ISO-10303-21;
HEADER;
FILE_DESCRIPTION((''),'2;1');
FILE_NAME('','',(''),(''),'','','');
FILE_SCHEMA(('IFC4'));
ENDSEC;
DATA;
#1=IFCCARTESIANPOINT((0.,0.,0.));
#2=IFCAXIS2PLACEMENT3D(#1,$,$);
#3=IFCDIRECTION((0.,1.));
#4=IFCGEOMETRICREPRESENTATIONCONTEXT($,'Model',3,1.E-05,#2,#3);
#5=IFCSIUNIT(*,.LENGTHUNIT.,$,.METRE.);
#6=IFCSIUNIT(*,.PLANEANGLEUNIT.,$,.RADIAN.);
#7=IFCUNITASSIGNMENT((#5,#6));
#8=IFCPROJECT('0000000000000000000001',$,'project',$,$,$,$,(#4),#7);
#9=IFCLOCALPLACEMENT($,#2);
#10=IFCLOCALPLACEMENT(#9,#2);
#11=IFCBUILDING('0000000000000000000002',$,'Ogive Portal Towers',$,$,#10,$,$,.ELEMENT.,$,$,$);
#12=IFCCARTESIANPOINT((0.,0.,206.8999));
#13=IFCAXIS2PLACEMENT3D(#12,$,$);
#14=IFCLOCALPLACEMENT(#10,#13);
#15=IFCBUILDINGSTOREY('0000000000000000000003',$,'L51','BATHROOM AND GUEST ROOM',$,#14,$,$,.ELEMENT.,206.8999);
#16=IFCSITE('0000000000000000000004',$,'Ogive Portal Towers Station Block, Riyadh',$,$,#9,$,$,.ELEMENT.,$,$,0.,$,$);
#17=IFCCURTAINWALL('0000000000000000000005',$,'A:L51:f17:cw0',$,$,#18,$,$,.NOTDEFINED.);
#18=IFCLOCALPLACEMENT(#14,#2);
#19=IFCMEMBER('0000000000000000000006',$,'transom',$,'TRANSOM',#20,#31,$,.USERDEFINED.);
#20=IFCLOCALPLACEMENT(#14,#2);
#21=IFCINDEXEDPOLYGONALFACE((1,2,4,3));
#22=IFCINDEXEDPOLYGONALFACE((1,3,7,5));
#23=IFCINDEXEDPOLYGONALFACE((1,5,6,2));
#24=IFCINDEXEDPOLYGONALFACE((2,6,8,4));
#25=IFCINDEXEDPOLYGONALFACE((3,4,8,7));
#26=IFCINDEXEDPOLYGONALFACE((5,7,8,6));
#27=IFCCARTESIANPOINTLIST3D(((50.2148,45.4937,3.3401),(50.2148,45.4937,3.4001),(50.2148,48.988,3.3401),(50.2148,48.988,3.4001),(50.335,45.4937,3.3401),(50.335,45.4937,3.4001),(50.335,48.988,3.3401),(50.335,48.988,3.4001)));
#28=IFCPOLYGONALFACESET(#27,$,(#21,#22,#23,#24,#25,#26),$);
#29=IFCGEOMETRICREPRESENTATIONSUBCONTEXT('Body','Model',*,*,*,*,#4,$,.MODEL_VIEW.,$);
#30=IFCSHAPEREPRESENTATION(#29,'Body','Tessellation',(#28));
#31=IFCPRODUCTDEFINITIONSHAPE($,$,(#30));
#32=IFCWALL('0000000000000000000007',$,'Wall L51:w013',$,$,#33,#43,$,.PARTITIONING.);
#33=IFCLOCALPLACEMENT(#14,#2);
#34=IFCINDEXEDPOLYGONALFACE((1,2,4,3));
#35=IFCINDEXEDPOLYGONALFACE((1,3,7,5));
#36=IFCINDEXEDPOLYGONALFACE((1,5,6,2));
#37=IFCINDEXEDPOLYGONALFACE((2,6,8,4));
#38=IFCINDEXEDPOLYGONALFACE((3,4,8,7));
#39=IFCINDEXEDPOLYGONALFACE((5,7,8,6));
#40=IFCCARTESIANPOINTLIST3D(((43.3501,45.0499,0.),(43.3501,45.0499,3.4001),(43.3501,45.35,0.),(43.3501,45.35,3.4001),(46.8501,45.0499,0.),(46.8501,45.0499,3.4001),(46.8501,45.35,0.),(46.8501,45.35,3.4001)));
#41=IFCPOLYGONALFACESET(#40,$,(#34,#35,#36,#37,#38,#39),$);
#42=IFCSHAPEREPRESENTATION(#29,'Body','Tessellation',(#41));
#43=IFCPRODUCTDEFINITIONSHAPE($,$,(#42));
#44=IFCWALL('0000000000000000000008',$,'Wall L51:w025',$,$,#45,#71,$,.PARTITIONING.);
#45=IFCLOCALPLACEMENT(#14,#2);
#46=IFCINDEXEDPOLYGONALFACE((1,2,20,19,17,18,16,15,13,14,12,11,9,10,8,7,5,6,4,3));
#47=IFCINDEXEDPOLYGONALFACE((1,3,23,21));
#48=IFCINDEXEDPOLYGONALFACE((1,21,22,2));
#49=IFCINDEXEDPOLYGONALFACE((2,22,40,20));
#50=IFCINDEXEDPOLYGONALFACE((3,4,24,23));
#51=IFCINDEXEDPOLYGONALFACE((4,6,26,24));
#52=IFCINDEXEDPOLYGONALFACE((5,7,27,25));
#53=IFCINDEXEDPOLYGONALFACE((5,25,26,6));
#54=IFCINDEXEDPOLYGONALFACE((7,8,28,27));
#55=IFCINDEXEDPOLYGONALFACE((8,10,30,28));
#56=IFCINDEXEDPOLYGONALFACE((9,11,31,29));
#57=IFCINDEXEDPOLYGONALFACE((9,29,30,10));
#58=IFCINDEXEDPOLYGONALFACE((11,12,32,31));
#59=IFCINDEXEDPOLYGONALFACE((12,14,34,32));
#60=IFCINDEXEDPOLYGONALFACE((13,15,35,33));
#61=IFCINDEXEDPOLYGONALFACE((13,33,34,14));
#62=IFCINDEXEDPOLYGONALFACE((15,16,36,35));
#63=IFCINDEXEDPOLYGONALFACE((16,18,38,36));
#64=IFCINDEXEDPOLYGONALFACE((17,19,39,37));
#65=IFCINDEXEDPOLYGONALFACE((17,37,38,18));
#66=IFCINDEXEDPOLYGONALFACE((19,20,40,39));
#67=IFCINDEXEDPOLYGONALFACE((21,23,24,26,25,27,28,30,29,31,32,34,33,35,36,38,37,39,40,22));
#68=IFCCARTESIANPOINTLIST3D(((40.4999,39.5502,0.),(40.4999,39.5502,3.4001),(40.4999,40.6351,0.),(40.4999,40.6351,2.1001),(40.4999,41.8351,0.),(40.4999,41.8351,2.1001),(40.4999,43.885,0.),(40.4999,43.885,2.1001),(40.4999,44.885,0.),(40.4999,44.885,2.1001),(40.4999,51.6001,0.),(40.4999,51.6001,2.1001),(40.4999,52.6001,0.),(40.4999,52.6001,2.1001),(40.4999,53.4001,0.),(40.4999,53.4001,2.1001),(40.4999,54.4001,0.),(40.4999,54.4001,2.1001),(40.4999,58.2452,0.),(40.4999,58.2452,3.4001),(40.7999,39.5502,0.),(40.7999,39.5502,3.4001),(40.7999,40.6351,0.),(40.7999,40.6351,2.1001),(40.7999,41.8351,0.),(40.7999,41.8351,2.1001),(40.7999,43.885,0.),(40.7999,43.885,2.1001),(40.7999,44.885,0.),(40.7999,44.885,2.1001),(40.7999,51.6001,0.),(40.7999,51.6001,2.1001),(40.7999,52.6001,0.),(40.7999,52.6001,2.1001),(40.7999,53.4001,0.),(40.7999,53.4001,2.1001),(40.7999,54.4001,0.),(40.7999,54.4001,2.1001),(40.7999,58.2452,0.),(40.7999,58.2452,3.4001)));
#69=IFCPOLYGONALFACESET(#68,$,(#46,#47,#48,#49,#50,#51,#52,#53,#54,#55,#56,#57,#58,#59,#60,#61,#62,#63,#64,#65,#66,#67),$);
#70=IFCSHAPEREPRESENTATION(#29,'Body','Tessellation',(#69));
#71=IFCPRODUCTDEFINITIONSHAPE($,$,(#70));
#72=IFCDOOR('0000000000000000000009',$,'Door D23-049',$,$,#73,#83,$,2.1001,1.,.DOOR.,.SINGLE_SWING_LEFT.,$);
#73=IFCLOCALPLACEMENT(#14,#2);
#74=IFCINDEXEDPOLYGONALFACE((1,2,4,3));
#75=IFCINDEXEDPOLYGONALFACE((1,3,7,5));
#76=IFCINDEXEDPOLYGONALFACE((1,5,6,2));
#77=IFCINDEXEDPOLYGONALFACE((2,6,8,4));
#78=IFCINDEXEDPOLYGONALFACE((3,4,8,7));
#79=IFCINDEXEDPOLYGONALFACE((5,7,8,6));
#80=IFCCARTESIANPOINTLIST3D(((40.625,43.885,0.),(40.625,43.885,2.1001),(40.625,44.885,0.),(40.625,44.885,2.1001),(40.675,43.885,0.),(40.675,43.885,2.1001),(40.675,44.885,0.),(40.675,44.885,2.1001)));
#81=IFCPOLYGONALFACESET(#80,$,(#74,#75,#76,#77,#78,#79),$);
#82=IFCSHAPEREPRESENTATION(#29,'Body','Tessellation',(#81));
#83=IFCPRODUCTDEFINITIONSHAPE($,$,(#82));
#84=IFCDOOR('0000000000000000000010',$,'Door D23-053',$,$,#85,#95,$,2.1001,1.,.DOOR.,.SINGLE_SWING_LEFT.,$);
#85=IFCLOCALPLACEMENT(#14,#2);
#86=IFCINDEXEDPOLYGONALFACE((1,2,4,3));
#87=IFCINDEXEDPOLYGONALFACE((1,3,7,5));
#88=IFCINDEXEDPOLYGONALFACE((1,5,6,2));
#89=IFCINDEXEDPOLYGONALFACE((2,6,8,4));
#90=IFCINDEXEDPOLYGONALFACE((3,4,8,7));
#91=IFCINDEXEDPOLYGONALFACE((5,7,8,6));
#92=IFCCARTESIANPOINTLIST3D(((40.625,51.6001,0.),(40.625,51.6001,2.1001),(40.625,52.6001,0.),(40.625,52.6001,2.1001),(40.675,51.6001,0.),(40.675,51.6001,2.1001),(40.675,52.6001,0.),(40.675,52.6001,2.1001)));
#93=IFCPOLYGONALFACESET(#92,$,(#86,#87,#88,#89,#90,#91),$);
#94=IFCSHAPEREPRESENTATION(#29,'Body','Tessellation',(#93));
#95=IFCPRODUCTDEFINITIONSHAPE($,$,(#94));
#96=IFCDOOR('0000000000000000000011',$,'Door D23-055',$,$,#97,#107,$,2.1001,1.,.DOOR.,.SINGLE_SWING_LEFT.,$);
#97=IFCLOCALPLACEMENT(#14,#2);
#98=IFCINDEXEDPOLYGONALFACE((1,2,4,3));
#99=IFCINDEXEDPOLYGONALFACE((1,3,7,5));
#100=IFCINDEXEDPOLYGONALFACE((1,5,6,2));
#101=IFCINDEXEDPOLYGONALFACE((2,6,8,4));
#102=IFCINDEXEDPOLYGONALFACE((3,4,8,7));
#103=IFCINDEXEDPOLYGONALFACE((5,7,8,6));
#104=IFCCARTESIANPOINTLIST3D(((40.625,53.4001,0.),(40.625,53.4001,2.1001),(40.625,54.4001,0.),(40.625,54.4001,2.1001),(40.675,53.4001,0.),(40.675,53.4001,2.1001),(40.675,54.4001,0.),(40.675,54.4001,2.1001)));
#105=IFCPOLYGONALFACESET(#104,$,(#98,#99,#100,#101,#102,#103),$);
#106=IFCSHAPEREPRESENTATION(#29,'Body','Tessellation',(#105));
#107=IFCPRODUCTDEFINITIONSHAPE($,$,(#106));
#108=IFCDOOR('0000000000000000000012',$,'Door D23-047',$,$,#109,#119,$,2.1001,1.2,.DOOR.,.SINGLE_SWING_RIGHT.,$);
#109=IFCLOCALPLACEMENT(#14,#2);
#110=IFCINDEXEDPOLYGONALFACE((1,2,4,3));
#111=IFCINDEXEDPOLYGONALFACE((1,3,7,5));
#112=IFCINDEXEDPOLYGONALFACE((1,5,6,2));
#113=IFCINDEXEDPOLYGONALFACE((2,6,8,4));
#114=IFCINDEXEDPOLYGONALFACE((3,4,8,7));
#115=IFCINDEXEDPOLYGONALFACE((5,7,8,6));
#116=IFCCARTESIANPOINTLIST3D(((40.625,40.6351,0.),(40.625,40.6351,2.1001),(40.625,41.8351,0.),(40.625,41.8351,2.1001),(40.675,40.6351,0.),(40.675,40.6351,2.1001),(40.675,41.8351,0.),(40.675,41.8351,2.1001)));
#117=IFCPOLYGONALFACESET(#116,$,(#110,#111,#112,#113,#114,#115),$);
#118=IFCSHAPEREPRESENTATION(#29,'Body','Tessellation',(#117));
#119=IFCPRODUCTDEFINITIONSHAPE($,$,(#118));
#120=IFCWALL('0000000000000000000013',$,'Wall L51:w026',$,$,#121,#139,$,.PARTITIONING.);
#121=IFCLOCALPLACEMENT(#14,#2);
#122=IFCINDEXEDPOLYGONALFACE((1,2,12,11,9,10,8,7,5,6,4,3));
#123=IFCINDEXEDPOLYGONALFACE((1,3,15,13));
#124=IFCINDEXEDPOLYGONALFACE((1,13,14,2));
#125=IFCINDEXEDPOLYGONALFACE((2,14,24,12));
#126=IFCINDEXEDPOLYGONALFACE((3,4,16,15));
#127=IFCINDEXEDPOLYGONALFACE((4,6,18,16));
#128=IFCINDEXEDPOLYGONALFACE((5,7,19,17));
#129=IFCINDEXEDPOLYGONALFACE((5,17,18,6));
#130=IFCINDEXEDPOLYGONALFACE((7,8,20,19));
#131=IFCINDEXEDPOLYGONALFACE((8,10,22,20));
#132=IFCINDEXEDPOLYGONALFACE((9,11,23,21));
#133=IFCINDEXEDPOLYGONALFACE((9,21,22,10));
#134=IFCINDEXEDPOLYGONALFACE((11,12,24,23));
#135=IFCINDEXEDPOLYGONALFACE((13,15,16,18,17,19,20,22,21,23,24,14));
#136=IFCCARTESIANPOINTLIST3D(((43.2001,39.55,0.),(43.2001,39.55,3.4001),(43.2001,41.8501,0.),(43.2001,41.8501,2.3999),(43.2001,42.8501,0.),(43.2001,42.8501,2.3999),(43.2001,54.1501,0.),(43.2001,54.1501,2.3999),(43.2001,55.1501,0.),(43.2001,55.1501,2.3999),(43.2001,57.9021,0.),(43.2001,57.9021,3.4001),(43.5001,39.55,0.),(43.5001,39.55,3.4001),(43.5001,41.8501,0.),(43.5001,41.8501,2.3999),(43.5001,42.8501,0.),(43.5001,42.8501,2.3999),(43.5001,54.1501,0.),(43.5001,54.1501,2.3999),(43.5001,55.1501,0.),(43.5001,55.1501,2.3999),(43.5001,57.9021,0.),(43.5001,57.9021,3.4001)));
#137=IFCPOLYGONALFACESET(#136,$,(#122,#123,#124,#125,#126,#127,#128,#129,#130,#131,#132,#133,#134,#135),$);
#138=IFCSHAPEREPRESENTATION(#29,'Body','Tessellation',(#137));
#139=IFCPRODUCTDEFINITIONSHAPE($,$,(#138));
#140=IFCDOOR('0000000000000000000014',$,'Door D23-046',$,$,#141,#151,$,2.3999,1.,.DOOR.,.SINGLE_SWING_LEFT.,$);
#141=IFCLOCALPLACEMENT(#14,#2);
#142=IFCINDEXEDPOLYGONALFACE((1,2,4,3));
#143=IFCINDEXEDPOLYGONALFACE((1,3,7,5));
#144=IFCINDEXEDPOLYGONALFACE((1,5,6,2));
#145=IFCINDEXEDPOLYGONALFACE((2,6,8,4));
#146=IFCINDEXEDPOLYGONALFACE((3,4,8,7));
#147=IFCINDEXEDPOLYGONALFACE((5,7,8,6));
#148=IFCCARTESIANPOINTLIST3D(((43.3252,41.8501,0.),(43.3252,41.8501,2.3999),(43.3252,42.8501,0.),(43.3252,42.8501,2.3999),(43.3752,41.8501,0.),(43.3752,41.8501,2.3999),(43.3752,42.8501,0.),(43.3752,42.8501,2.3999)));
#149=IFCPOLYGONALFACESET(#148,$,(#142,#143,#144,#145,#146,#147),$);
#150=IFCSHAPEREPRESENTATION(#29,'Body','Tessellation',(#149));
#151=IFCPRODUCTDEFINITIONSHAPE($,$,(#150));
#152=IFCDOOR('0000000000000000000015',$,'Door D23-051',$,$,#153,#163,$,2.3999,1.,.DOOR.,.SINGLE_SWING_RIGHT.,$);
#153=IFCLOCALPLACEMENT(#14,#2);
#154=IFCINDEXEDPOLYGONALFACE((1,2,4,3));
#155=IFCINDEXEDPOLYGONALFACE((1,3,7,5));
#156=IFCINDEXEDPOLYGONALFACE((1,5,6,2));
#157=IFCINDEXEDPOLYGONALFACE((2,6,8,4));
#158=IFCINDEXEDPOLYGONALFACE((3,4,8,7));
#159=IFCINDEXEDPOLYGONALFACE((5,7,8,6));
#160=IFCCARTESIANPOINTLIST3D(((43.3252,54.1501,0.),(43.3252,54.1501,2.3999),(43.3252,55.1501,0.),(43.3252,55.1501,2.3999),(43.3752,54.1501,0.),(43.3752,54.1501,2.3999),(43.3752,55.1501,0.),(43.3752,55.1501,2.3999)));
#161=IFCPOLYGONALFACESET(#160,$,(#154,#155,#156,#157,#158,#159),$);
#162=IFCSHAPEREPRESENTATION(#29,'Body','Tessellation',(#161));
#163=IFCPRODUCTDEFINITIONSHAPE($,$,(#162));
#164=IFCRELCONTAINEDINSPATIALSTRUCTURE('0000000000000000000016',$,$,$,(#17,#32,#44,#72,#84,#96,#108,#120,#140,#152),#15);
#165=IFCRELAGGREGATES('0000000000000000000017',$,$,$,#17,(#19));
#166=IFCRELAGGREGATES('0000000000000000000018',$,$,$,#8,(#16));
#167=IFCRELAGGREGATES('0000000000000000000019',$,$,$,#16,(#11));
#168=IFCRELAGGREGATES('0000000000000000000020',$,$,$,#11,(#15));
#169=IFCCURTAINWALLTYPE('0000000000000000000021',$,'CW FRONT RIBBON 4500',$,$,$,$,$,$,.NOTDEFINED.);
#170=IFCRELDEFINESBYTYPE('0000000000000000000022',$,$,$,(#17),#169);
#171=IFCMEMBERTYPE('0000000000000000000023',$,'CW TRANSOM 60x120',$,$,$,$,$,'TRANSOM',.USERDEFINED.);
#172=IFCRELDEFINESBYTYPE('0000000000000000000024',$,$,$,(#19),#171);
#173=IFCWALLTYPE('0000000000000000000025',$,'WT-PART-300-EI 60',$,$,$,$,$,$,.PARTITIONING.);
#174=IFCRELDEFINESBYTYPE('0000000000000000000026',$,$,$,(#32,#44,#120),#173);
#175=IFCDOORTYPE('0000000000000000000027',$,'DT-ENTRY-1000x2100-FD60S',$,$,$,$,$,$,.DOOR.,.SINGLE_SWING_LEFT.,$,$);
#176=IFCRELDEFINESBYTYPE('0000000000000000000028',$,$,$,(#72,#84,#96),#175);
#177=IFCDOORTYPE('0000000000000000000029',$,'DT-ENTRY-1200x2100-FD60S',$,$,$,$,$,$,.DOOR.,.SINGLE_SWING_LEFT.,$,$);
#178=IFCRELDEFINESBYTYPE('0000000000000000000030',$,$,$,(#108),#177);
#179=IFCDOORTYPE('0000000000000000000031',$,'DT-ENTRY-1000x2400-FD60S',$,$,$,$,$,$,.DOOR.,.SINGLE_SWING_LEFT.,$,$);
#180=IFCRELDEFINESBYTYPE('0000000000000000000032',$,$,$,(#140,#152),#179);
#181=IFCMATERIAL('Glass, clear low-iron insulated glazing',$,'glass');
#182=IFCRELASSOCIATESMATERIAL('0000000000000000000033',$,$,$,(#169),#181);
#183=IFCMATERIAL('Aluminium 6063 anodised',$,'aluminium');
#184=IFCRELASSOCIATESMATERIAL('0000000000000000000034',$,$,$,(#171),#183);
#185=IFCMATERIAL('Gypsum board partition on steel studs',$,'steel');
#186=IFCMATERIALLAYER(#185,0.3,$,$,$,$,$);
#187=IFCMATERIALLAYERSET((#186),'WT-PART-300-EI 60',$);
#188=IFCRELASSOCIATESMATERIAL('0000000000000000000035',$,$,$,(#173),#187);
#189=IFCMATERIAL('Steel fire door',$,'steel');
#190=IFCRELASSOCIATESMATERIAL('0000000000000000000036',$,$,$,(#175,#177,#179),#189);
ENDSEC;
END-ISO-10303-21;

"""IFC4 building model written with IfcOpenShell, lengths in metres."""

from ifc_helpers import new_model, si_unit, direction, frame, frame_2d, origin, origin_2d, place, context, subcontext, project, spatial, rectangle, extrude, material, layer, layer_set, material_profile, profile_set, type_object, element, fill, aggregate, save


model = new_model("IFC4")

# Units and contexts
model_context = context("Model", 3, precision=1e-05, world=origin(), true_north=direction((0.0, 1.0)))
body_context = subcontext(model_context, "Body", "Model", "MODEL_VIEW")
ifc_project = project(units=[si_unit("LENGTHUNIT", "METRE"), si_unit("PLANEANGLEUNIT", "RADIAN")], contexts=[model_context])

# Site, building, storey
site_placement = place(None, origin())
site = spatial("IfcSite", under=ifc_project, at=site_placement, Name="Ogive Portal Towers Station Block, Riyadh", CompositionType="ELEMENT", RefElevation=0.0)
building_placement = place(site_placement, origin())
building = spatial("IfcBuilding", under=site, at=building_placement, Name="Ogive Portal Towers", CompositionType="ELEMENT")
storey_placement = place(building_placement, frame((0.0, 0.0, 206.8999)))
storey = spatial("IfcBuildingStorey", under=building, at=storey_placement, Name="L51", Description="BATHROOM AND GUEST ROOM", CompositionType="ELEMENT", Elevation=206.8999)

# Curtain wall, member
ifc_material_1 = material(Name="Glass, clear low-iron insulated glazing", Category="glass")
curtain_wall_type = type_object("IfcCurtainWallType", Name="CW FRONT RIBBON 4500", PredefinedType="NOTDEFINED", material=ifc_material_1)
curtain_wall_placement = place(storey_placement, origin())
curtain_wall = element("IfcCurtainWall", 1, at=curtain_wall_placement, inside=storey, type_object=curtain_wall_type, Name="A:L51:f17:cw0", PredefinedType="NOTDEFINED")
ifc_material_2 = material(Name="Aluminium 6063 anodised", Category="aluminium")
ifc_material_profile = material_profile(ifc_material_2, rectangle(XDim=0.1201, YDim=0.0601, at=origin_2d()), Name="AL 120x60")
ifc_profile_set = profile_set([ifc_material_profile], Name="Aluminium 6063 anodised")
member_type = type_object("IfcMemberType", Name="CW TRANSOM 60x120", ElementType="TRANSOM", PredefinedType="USERDEFINED", material=ifc_profile_set)
member_placement = place(storey_placement, frame((50.2749, 45.4937, 3.3701), z_axis=(0.0, 1.0, 0.0), x_axis=(-1.0, 0.0, 0.0)))
member = element("IfcMember", 2, at=member_placement, type_object=member_type, Name="transom", ObjectType="TRANSOM", PredefinedType="USERDEFINED", context=body_context, shape_type="SweptSolid", body=[
    extrude(rectangle(XDim=0.1201, YDim=0.0601, at=origin_2d()), origin(), (0.0, 0.0, 1.0), 3.4944),
])
aggregate(curtain_wall, [member])

# Shared definitions
ifc_material_3 = material(Name="Steel fire door", Category="steel")

# Wall
ifc_material_4 = material(Name="Gypsum board partition on steel studs", Category="steel")
ifc_layer_1 = layer(ifc_material_4, 0.3)
ifc_layer_set_1 = layer_set([ifc_layer_1], Name="WT-PART-300-EI 60")
wall_type_1 = type_object("IfcWallType", Name="WT-PART-300-EI 60", PredefinedType="PARTITIONING", material=ifc_layer_set_1)
wall_1_placement = place(storey_placement, frame((43.3501, 45.2, 0.0), z_axis=(0.0, 0.0, 1.0), x_axis=(1.0, 0.0, 0.0)))
element("IfcWall", 3, at=wall_1_placement, inside=storey, type_object=wall_type_1, Name="Wall L51:w013", PredefinedType="PARTITIONING", context=body_context, shape_type="SweptSolid", body=[
    extrude(rectangle(XDim=3.5, YDim=0.3, at=frame_2d((1.75, 0.0))), origin(), (0.0, 0.0, 1.0), 3.4001),
])

# Walls, openings, doors
wall_2_placement = place(storey_placement, frame((40.6499, 39.55, 0.0), z_axis=(0.0, 0.0, 1.0), x_axis=(0.0, 1.0, 0.0)))
wall_2 = element("IfcWall", 4, at=wall_2_placement, inside=storey, type_object=wall_type_1, Name="Wall L51:w025", PredefinedType="PARTITIONING", context=body_context, shape_type="SweptSolid", body=[
    extrude(rectangle(XDim=18.6951, YDim=0.3, at=frame_2d((9.3477, 0.0))), origin(), (0.0, 0.0, 1.0), 3.4001),
])
opening_1_placement = place(wall_2_placement, frame((1.085, 0.0, 0.0)))
opening_1 = element("IfcOpeningElement", 5, at=opening_1_placement, cuts=wall_2, PredefinedType="OPENING", context=body_context, shape_type="SweptSolid", body=[
    extrude(rectangle(XDim=1.2, YDim=2.1001, at=frame_2d((0.6001, 1.05))), frame((0.0, 0.1602, 0.0), z_axis=(0.0, -1.0, 0.0), x_axis=(1.0, 0.0, 0.0)), (0.0, 0.0, 1.0), 0.3201),
])
opening_2_placement = place(wall_2_placement, frame((4.335, 0.0, 0.0)))
opening_2 = element("IfcOpeningElement", 6, at=opening_2_placement, cuts=wall_2, PredefinedType="OPENING", context=body_context, shape_type="SweptSolid", body=[
    extrude(rectangle(XDim=1.0, YDim=2.1001, at=frame_2d((0.5, 1.05))), frame((0.0, 0.1602, 0.0), z_axis=(0.0, -1.0, 0.0), x_axis=(1.0, 0.0, 0.0)), (0.0, 0.0, 1.0), 0.3201),
])
opening_3_placement = place(wall_2_placement, frame((12.05, 0.0, 0.0)))
opening_3 = element("IfcOpeningElement", 7, at=opening_3_placement, cuts=wall_2, PredefinedType="OPENING", context=body_context, shape_type="SweptSolid", body=[
    extrude(rectangle(XDim=1.0, YDim=2.1001, at=frame_2d((0.5, 1.05))), frame((0.0, 0.1602, 0.0), z_axis=(0.0, -1.0, 0.0), x_axis=(1.0, 0.0, 0.0)), (0.0, 0.0, 1.0), 0.3201),
])
opening_4_placement = place(wall_2_placement, frame((13.8501, 0.0, 0.0)))
opening_4 = element("IfcOpeningElement", 8, at=opening_4_placement, cuts=wall_2, PredefinedType="OPENING", context=body_context, shape_type="SweptSolid", body=[
    extrude(rectangle(XDim=1.0, YDim=2.1001, at=frame_2d((0.5, 1.05))), frame((0.0, 0.1602, 0.0), z_axis=(0.0, -1.0, 0.0), x_axis=(1.0, 0.0, 0.0)), (0.0, 0.0, 1.0), 0.3201),
])
door_type_1 = type_object("IfcDoorType", Name="DT-ENTRY-1000x2100-FD60S", OperationType="SINGLE_SWING_LEFT", PredefinedType="DOOR", material=ifc_material_3)
door_1_placement = place(opening_2_placement, origin())
door_1 = element("IfcDoor", 9, at=door_1_placement, inside=storey, type_object=door_type_1, Name="Door D23-049", OperationType="SINGLE_SWING_LEFT", OverallHeight=2.1001, OverallWidth=1.0, PredefinedType="DOOR", context=body_context, shape_type="SweptSolid", body=[
    extrude(rectangle(XDim=1.0, YDim=2.1001, at=frame_2d((0.5, 1.05))), frame((0.0, 0.0249, 0.0), z_axis=(0.0, -1.0, 0.0), x_axis=(1.0, 0.0, 0.0)), (0.0, 0.0, 1.0), 0.05),
])
fill(opening_2, door_1)
door_2_placement = place(opening_3_placement, origin())
door_2 = element("IfcDoor", 10, at=door_2_placement, inside=storey, type_object=door_type_1, Name="Door D23-053", OperationType="SINGLE_SWING_LEFT", OverallHeight=2.1001, OverallWidth=1.0, PredefinedType="DOOR", context=body_context, shape_type="SweptSolid", body=[
    extrude(rectangle(XDim=1.0, YDim=2.1001, at=frame_2d((0.5, 1.05))), frame((0.0, 0.0249, 0.0), z_axis=(0.0, -1.0, 0.0), x_axis=(1.0, 0.0, 0.0)), (0.0, 0.0, 1.0), 0.05),
])
fill(opening_3, door_2)
door_3_placement = place(opening_4_placement, origin())
door_3 = element("IfcDoor", 11, at=door_3_placement, inside=storey, type_object=door_type_1, Name="Door D23-055", OperationType="SINGLE_SWING_LEFT", OverallHeight=2.1001, OverallWidth=1.0, PredefinedType="DOOR", context=body_context, shape_type="SweptSolid", body=[
    extrude(rectangle(XDim=1.0, YDim=2.1001, at=frame_2d((0.5, 1.05))), frame((0.0, 0.0249, 0.0), z_axis=(0.0, -1.0, 0.0), x_axis=(1.0, 0.0, 0.0)), (0.0, 0.0, 1.0), 0.05),
])
fill(opening_4, door_3)
door_type_2 = type_object("IfcDoorType", Name="DT-ENTRY-1200x2100-FD60S", OperationType="SINGLE_SWING_LEFT", PredefinedType="DOOR", material=ifc_material_3)
door_4_placement = place(opening_1_placement, origin())
door_4 = element("IfcDoor", 12, at=door_4_placement, inside=storey, type_object=door_type_2, Name="Door D23-047", OperationType="SINGLE_SWING_RIGHT", OverallHeight=2.1001, OverallWidth=1.2, PredefinedType="DOOR", context=body_context, shape_type="SweptSolid", body=[
    extrude(rectangle(XDim=1.2, YDim=2.1001, at=frame_2d((0.6001, 1.05))), frame((0.0, 0.0249, 0.0), z_axis=(0.0, -1.0, 0.0), x_axis=(1.0, 0.0, 0.0)), (0.0, 0.0, 1.0), 0.05),
])
fill(opening_1, door_4)
wall_3_placement = place(storey_placement, frame((43.3501, 39.55, 0.0), z_axis=(0.0, 0.0, 1.0), x_axis=(0.0, 1.0, 0.0)))
wall_3 = element("IfcWall", 13, at=wall_3_placement, inside=storey, type_object=wall_type_1, Name="Wall L51:w026", PredefinedType="PARTITIONING", context=body_context, shape_type="SweptSolid", body=[
    extrude(rectangle(XDim=18.3521, YDim=0.3, at=frame_2d((9.176, 0.0))), origin(), (0.0, 0.0, 1.0), 3.4001),
])
opening_5_placement = place(wall_3_placement, frame((2.3, 0.0, 0.0)))
opening_5 = element("IfcOpeningElement", 14, at=opening_5_placement, cuts=wall_3, PredefinedType="OPENING", context=body_context, shape_type="SweptSolid", body=[
    extrude(rectangle(XDim=1.0, YDim=2.3999, at=frame_2d((0.5, 1.2))), frame((0.0, 0.1602, 0.0), z_axis=(0.0, -1.0, 0.0), x_axis=(1.0, 0.0, 0.0)), (0.0, 0.0, 1.0), 0.3201),
])
opening_6_placement = place(wall_3_placement, frame((14.6001, 0.0, 0.0)))
opening_6 = element("IfcOpeningElement", 15, at=opening_6_placement, cuts=wall_3, PredefinedType="OPENING", context=body_context, shape_type="SweptSolid", body=[
    extrude(rectangle(XDim=1.0, YDim=2.3999, at=frame_2d((0.5, 1.2))), frame((0.0, 0.1602, 0.0), z_axis=(0.0, -1.0, 0.0), x_axis=(1.0, 0.0, 0.0)), (0.0, 0.0, 1.0), 0.3201),
])
door_type_3 = type_object("IfcDoorType", Name="DT-ENTRY-1000x2400-FD60S", OperationType="SINGLE_SWING_LEFT", PredefinedType="DOOR", material=ifc_material_3)
door_5_placement = place(opening_5_placement, origin())
door_5 = element("IfcDoor", 16, at=door_5_placement, inside=storey, type_object=door_type_3, Name="Door D23-046", OperationType="SINGLE_SWING_LEFT", OverallHeight=2.3999, OverallWidth=1.0, PredefinedType="DOOR", context=body_context, shape_type="SweptSolid", body=[
    extrude(rectangle(XDim=1.0, YDim=2.3999, at=frame_2d((0.5, 1.2))), frame((0.0, 0.0249, 0.0), z_axis=(0.0, -1.0, 0.0), x_axis=(1.0, 0.0, 0.0)), (0.0, 0.0, 1.0), 0.05),
])
fill(opening_5, door_5)
door_6_placement = place(opening_6_placement, origin())
door_6 = element("IfcDoor", 17, at=door_6_placement, inside=storey, type_object=door_type_3, Name="Door D23-051", OperationType="SINGLE_SWING_RIGHT", OverallHeight=2.3999, OverallWidth=1.0, PredefinedType="DOOR", context=body_context, shape_type="SweptSolid", body=[
    extrude(rectangle(XDim=1.0, YDim=2.3999, at=frame_2d((0.5, 1.2))), frame((0.0, 0.0249, 0.0), z_axis=(0.0, -1.0, 0.0), x_axis=(1.0, 0.0, 0.0)), (0.0, 0.0, 1.0), 0.05),
])
fill(opening_6, door_6)

save(model, "model.ifc")
